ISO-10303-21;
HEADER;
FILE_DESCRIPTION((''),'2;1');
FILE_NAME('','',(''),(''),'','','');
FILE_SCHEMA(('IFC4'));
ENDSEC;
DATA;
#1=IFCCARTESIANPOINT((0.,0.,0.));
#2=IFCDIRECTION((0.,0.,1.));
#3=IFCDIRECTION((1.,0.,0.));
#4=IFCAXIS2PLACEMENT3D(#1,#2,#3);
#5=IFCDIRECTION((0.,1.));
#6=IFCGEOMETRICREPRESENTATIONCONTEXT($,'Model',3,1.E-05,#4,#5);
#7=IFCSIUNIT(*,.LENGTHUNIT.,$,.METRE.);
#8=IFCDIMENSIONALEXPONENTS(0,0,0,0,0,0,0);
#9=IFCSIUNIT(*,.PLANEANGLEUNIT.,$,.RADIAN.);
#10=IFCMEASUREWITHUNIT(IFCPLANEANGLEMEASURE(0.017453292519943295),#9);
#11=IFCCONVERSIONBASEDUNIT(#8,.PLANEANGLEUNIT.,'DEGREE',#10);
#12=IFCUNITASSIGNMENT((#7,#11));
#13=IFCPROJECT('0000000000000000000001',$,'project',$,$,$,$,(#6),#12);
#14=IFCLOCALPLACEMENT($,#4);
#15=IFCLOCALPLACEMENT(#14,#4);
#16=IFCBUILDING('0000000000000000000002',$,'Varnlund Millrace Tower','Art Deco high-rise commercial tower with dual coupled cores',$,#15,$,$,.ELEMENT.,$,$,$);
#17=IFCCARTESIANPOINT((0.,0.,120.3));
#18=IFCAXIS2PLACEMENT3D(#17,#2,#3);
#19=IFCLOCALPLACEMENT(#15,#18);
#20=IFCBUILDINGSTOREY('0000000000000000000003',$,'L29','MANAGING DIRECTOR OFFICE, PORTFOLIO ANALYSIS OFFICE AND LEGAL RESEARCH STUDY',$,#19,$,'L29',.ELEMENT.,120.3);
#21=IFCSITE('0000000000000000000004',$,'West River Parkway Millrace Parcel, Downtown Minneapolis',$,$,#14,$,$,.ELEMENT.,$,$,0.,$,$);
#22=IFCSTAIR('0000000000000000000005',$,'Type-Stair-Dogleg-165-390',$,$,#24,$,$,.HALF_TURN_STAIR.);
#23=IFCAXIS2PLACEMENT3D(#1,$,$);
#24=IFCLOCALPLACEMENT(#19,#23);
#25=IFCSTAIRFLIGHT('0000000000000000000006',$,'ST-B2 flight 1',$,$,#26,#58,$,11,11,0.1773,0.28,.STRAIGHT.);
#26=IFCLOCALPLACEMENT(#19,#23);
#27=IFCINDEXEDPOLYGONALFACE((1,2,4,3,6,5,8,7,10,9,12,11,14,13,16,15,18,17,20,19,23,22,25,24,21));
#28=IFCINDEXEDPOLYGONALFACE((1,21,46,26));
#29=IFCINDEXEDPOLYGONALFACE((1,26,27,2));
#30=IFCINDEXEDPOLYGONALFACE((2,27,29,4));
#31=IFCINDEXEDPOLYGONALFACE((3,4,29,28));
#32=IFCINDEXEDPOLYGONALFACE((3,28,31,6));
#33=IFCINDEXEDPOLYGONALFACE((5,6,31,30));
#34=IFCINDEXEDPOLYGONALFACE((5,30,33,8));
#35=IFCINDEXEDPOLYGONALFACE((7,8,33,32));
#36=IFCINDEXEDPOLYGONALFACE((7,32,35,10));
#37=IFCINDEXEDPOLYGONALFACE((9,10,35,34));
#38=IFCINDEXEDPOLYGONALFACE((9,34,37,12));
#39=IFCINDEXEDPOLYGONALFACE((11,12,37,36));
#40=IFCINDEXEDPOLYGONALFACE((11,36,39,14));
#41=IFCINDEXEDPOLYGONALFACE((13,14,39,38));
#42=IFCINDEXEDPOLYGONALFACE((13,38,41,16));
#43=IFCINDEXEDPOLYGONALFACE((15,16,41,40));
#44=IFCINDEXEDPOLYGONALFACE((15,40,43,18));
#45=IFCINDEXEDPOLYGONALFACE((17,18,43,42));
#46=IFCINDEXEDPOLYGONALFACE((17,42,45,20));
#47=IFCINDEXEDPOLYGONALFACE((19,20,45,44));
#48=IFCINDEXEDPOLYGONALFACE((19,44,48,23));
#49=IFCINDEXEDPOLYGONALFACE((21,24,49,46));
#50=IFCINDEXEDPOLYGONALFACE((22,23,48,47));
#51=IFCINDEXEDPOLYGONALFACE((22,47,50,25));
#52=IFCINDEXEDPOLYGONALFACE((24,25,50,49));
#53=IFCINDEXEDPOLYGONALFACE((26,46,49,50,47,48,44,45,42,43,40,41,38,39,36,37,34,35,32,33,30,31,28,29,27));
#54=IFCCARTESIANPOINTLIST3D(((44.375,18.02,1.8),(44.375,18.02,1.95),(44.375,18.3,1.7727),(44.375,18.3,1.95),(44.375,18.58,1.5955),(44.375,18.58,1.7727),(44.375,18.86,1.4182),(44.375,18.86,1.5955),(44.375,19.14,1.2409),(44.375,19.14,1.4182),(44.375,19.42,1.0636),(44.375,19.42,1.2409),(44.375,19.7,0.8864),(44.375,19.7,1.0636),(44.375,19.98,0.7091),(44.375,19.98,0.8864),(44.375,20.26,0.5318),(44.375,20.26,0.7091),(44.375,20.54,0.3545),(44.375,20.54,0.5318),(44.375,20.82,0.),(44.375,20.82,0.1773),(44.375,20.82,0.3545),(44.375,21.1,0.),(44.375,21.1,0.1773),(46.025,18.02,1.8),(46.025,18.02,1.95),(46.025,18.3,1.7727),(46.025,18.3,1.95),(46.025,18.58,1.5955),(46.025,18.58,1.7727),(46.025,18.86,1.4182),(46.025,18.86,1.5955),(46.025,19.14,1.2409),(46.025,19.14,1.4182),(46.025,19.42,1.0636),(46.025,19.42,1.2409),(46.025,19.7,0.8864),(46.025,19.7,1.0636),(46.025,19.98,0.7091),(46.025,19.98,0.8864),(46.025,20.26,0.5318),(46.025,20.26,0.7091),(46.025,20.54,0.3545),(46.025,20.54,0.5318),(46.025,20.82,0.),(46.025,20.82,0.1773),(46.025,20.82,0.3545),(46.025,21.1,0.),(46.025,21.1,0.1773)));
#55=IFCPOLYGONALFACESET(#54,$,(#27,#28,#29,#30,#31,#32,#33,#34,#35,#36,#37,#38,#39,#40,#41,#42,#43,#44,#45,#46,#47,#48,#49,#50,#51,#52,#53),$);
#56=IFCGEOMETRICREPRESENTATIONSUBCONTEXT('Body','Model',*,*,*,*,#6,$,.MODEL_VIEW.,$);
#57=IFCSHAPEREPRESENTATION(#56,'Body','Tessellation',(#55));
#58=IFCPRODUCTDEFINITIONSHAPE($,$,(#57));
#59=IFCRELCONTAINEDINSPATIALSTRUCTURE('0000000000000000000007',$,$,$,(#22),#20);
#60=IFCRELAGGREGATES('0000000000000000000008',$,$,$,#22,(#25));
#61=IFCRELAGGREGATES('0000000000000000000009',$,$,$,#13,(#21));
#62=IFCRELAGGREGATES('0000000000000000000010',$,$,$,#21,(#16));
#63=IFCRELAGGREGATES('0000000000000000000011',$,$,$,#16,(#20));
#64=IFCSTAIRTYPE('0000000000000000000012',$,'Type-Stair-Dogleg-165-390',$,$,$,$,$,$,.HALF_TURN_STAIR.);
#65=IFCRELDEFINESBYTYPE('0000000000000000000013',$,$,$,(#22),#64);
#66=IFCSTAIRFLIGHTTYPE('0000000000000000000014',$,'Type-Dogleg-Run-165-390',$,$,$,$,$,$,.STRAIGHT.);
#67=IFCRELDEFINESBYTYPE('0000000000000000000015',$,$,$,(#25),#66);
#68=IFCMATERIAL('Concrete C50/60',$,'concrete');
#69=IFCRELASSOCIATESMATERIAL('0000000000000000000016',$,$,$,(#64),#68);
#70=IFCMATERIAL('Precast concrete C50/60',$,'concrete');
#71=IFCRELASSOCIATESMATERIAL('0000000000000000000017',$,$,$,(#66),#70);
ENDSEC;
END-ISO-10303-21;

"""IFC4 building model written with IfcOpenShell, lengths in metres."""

from ifc_helpers import new_model, entity, si_unit, converted_unit, direction, frame, origin_with_axes, place, context, subcontext, project, spatial, polyline, outline, extrude, material, type_object, element, aggregate, save


model = new_model("IFC4")

# Units and contexts
model_context = context("Model", 3, precision=1e-05, world=origin_with_axes(), true_north=direction((0.0, 1.0)))
body_context = subcontext(model_context, "Body", "Model", "MODEL_VIEW")
ifc_project = project(units=[si_unit("LENGTHUNIT", "METRE"), converted_unit("PLANEANGLEUNIT", "DEGREE", entity("IfcPlaneAngleMeasure", 0.017453292519943295), si_unit("PLANEANGLEUNIT", "RADIAN"), dimensions=[0, 0, 0, 0, 0, 0, 0])], contexts=[model_context])

# Site, building, storey
site_placement = place(None, origin_with_axes())
site = spatial("IfcSite", under=ifc_project, at=site_placement, Name="West River Parkway Millrace Parcel, Downtown Minneapolis", CompositionType="ELEMENT", RefElevation=0.0)
building_placement = place(site_placement, origin_with_axes())
building = spatial("IfcBuilding", under=site, at=building_placement, Name="Varnlund Millrace Tower", Description="Art Deco high-rise commercial tower with dual coupled cores", CompositionType="ELEMENT")
storey_placement = place(building_placement, frame((0.0, 0.0, 120.3), z_axis=(0.0, 0.0, 1.0), x_axis=(1.0, 0.0, 0.0)))
storey = spatial("IfcBuildingStorey", under=building, at=storey_placement, Name="L29", Description="MANAGING DIRECTOR OFFICE, PORTFOLIO ANALYSIS OFFICE AND LEGAL RESEARCH STUDY", LongName="L29", CompositionType="ELEMENT", Elevation=120.3)

# Stair, stair flight
ifc_material_1 = material(Name="Concrete C50/60", Category="concrete")
stair_type = type_object("IfcStairType", Name="Type-Stair-Dogleg-165-390", PredefinedType="HALF_TURN_STAIR", material=ifc_material_1)
ifc_material_2 = material(Name="Precast concrete C50/60", Category="concrete")
stair_flight_type = type_object("IfcStairFlightType", Name="Type-Dogleg-Run-165-390", PredefinedType="STRAIGHT", material=ifc_material_2)
stair_1_placement = place(storey_placement, origin_with_axes())
stair_1 = element("IfcStair", 1, at=stair_1_placement, inside=storey, type_object=stair_type, Name="Type-Stair-Dogleg-165-390", PredefinedType="HALF_TURN_STAIR")
stair_flight_1_placement = place(storey_placement, frame((46.025, 21.1, 0.0), z_axis=(-1.0, 0.0, 0.0), x_axis=(0.0, -1.0, 0.0)))
stair_flight_1 = element("IfcStairFlight", 2, at=stair_flight_1_placement, type_object=stair_flight_type, Name="ST-B2 flight 1", NumberOfRisers=11, NumberOfTreads=11, PredefinedType="STRAIGHT", RiserHeight=0.1773, TreadLength=0.28, context=body_context, shape_type="SweptSolid", body=[
    extrude(outline(polyline([(0.0, 0.0), (0.0, 0.1773), (0.28, 0.1773), (0.28, 0.3545), (0.56, 0.3545), (0.56, 0.5318), (0.84, 0.5318), (0.84, 0.7091), (1.12, 0.7091), (1.12, 0.8864), (1.4, 0.8864), (1.4, 1.0636), (1.68, 1.0636), (1.68, 1.2409), (1.96, 1.2409), (1.96, 1.4182), (2.24, 1.4182), (2.24, 1.5955), (2.52, 1.5955), (2.52, 1.7727), (2.8, 1.7727), (2.8, 1.95), (3.08, 1.95), (3.08, 1.8), (0.28, 0.0), (0.0, 0.0)])), origin_with_axes(), (0.0, 0.0, 1.0), 1.65),
])
aggregate(stair_1, [stair_flight_1])

save(model, "model.ifc")
